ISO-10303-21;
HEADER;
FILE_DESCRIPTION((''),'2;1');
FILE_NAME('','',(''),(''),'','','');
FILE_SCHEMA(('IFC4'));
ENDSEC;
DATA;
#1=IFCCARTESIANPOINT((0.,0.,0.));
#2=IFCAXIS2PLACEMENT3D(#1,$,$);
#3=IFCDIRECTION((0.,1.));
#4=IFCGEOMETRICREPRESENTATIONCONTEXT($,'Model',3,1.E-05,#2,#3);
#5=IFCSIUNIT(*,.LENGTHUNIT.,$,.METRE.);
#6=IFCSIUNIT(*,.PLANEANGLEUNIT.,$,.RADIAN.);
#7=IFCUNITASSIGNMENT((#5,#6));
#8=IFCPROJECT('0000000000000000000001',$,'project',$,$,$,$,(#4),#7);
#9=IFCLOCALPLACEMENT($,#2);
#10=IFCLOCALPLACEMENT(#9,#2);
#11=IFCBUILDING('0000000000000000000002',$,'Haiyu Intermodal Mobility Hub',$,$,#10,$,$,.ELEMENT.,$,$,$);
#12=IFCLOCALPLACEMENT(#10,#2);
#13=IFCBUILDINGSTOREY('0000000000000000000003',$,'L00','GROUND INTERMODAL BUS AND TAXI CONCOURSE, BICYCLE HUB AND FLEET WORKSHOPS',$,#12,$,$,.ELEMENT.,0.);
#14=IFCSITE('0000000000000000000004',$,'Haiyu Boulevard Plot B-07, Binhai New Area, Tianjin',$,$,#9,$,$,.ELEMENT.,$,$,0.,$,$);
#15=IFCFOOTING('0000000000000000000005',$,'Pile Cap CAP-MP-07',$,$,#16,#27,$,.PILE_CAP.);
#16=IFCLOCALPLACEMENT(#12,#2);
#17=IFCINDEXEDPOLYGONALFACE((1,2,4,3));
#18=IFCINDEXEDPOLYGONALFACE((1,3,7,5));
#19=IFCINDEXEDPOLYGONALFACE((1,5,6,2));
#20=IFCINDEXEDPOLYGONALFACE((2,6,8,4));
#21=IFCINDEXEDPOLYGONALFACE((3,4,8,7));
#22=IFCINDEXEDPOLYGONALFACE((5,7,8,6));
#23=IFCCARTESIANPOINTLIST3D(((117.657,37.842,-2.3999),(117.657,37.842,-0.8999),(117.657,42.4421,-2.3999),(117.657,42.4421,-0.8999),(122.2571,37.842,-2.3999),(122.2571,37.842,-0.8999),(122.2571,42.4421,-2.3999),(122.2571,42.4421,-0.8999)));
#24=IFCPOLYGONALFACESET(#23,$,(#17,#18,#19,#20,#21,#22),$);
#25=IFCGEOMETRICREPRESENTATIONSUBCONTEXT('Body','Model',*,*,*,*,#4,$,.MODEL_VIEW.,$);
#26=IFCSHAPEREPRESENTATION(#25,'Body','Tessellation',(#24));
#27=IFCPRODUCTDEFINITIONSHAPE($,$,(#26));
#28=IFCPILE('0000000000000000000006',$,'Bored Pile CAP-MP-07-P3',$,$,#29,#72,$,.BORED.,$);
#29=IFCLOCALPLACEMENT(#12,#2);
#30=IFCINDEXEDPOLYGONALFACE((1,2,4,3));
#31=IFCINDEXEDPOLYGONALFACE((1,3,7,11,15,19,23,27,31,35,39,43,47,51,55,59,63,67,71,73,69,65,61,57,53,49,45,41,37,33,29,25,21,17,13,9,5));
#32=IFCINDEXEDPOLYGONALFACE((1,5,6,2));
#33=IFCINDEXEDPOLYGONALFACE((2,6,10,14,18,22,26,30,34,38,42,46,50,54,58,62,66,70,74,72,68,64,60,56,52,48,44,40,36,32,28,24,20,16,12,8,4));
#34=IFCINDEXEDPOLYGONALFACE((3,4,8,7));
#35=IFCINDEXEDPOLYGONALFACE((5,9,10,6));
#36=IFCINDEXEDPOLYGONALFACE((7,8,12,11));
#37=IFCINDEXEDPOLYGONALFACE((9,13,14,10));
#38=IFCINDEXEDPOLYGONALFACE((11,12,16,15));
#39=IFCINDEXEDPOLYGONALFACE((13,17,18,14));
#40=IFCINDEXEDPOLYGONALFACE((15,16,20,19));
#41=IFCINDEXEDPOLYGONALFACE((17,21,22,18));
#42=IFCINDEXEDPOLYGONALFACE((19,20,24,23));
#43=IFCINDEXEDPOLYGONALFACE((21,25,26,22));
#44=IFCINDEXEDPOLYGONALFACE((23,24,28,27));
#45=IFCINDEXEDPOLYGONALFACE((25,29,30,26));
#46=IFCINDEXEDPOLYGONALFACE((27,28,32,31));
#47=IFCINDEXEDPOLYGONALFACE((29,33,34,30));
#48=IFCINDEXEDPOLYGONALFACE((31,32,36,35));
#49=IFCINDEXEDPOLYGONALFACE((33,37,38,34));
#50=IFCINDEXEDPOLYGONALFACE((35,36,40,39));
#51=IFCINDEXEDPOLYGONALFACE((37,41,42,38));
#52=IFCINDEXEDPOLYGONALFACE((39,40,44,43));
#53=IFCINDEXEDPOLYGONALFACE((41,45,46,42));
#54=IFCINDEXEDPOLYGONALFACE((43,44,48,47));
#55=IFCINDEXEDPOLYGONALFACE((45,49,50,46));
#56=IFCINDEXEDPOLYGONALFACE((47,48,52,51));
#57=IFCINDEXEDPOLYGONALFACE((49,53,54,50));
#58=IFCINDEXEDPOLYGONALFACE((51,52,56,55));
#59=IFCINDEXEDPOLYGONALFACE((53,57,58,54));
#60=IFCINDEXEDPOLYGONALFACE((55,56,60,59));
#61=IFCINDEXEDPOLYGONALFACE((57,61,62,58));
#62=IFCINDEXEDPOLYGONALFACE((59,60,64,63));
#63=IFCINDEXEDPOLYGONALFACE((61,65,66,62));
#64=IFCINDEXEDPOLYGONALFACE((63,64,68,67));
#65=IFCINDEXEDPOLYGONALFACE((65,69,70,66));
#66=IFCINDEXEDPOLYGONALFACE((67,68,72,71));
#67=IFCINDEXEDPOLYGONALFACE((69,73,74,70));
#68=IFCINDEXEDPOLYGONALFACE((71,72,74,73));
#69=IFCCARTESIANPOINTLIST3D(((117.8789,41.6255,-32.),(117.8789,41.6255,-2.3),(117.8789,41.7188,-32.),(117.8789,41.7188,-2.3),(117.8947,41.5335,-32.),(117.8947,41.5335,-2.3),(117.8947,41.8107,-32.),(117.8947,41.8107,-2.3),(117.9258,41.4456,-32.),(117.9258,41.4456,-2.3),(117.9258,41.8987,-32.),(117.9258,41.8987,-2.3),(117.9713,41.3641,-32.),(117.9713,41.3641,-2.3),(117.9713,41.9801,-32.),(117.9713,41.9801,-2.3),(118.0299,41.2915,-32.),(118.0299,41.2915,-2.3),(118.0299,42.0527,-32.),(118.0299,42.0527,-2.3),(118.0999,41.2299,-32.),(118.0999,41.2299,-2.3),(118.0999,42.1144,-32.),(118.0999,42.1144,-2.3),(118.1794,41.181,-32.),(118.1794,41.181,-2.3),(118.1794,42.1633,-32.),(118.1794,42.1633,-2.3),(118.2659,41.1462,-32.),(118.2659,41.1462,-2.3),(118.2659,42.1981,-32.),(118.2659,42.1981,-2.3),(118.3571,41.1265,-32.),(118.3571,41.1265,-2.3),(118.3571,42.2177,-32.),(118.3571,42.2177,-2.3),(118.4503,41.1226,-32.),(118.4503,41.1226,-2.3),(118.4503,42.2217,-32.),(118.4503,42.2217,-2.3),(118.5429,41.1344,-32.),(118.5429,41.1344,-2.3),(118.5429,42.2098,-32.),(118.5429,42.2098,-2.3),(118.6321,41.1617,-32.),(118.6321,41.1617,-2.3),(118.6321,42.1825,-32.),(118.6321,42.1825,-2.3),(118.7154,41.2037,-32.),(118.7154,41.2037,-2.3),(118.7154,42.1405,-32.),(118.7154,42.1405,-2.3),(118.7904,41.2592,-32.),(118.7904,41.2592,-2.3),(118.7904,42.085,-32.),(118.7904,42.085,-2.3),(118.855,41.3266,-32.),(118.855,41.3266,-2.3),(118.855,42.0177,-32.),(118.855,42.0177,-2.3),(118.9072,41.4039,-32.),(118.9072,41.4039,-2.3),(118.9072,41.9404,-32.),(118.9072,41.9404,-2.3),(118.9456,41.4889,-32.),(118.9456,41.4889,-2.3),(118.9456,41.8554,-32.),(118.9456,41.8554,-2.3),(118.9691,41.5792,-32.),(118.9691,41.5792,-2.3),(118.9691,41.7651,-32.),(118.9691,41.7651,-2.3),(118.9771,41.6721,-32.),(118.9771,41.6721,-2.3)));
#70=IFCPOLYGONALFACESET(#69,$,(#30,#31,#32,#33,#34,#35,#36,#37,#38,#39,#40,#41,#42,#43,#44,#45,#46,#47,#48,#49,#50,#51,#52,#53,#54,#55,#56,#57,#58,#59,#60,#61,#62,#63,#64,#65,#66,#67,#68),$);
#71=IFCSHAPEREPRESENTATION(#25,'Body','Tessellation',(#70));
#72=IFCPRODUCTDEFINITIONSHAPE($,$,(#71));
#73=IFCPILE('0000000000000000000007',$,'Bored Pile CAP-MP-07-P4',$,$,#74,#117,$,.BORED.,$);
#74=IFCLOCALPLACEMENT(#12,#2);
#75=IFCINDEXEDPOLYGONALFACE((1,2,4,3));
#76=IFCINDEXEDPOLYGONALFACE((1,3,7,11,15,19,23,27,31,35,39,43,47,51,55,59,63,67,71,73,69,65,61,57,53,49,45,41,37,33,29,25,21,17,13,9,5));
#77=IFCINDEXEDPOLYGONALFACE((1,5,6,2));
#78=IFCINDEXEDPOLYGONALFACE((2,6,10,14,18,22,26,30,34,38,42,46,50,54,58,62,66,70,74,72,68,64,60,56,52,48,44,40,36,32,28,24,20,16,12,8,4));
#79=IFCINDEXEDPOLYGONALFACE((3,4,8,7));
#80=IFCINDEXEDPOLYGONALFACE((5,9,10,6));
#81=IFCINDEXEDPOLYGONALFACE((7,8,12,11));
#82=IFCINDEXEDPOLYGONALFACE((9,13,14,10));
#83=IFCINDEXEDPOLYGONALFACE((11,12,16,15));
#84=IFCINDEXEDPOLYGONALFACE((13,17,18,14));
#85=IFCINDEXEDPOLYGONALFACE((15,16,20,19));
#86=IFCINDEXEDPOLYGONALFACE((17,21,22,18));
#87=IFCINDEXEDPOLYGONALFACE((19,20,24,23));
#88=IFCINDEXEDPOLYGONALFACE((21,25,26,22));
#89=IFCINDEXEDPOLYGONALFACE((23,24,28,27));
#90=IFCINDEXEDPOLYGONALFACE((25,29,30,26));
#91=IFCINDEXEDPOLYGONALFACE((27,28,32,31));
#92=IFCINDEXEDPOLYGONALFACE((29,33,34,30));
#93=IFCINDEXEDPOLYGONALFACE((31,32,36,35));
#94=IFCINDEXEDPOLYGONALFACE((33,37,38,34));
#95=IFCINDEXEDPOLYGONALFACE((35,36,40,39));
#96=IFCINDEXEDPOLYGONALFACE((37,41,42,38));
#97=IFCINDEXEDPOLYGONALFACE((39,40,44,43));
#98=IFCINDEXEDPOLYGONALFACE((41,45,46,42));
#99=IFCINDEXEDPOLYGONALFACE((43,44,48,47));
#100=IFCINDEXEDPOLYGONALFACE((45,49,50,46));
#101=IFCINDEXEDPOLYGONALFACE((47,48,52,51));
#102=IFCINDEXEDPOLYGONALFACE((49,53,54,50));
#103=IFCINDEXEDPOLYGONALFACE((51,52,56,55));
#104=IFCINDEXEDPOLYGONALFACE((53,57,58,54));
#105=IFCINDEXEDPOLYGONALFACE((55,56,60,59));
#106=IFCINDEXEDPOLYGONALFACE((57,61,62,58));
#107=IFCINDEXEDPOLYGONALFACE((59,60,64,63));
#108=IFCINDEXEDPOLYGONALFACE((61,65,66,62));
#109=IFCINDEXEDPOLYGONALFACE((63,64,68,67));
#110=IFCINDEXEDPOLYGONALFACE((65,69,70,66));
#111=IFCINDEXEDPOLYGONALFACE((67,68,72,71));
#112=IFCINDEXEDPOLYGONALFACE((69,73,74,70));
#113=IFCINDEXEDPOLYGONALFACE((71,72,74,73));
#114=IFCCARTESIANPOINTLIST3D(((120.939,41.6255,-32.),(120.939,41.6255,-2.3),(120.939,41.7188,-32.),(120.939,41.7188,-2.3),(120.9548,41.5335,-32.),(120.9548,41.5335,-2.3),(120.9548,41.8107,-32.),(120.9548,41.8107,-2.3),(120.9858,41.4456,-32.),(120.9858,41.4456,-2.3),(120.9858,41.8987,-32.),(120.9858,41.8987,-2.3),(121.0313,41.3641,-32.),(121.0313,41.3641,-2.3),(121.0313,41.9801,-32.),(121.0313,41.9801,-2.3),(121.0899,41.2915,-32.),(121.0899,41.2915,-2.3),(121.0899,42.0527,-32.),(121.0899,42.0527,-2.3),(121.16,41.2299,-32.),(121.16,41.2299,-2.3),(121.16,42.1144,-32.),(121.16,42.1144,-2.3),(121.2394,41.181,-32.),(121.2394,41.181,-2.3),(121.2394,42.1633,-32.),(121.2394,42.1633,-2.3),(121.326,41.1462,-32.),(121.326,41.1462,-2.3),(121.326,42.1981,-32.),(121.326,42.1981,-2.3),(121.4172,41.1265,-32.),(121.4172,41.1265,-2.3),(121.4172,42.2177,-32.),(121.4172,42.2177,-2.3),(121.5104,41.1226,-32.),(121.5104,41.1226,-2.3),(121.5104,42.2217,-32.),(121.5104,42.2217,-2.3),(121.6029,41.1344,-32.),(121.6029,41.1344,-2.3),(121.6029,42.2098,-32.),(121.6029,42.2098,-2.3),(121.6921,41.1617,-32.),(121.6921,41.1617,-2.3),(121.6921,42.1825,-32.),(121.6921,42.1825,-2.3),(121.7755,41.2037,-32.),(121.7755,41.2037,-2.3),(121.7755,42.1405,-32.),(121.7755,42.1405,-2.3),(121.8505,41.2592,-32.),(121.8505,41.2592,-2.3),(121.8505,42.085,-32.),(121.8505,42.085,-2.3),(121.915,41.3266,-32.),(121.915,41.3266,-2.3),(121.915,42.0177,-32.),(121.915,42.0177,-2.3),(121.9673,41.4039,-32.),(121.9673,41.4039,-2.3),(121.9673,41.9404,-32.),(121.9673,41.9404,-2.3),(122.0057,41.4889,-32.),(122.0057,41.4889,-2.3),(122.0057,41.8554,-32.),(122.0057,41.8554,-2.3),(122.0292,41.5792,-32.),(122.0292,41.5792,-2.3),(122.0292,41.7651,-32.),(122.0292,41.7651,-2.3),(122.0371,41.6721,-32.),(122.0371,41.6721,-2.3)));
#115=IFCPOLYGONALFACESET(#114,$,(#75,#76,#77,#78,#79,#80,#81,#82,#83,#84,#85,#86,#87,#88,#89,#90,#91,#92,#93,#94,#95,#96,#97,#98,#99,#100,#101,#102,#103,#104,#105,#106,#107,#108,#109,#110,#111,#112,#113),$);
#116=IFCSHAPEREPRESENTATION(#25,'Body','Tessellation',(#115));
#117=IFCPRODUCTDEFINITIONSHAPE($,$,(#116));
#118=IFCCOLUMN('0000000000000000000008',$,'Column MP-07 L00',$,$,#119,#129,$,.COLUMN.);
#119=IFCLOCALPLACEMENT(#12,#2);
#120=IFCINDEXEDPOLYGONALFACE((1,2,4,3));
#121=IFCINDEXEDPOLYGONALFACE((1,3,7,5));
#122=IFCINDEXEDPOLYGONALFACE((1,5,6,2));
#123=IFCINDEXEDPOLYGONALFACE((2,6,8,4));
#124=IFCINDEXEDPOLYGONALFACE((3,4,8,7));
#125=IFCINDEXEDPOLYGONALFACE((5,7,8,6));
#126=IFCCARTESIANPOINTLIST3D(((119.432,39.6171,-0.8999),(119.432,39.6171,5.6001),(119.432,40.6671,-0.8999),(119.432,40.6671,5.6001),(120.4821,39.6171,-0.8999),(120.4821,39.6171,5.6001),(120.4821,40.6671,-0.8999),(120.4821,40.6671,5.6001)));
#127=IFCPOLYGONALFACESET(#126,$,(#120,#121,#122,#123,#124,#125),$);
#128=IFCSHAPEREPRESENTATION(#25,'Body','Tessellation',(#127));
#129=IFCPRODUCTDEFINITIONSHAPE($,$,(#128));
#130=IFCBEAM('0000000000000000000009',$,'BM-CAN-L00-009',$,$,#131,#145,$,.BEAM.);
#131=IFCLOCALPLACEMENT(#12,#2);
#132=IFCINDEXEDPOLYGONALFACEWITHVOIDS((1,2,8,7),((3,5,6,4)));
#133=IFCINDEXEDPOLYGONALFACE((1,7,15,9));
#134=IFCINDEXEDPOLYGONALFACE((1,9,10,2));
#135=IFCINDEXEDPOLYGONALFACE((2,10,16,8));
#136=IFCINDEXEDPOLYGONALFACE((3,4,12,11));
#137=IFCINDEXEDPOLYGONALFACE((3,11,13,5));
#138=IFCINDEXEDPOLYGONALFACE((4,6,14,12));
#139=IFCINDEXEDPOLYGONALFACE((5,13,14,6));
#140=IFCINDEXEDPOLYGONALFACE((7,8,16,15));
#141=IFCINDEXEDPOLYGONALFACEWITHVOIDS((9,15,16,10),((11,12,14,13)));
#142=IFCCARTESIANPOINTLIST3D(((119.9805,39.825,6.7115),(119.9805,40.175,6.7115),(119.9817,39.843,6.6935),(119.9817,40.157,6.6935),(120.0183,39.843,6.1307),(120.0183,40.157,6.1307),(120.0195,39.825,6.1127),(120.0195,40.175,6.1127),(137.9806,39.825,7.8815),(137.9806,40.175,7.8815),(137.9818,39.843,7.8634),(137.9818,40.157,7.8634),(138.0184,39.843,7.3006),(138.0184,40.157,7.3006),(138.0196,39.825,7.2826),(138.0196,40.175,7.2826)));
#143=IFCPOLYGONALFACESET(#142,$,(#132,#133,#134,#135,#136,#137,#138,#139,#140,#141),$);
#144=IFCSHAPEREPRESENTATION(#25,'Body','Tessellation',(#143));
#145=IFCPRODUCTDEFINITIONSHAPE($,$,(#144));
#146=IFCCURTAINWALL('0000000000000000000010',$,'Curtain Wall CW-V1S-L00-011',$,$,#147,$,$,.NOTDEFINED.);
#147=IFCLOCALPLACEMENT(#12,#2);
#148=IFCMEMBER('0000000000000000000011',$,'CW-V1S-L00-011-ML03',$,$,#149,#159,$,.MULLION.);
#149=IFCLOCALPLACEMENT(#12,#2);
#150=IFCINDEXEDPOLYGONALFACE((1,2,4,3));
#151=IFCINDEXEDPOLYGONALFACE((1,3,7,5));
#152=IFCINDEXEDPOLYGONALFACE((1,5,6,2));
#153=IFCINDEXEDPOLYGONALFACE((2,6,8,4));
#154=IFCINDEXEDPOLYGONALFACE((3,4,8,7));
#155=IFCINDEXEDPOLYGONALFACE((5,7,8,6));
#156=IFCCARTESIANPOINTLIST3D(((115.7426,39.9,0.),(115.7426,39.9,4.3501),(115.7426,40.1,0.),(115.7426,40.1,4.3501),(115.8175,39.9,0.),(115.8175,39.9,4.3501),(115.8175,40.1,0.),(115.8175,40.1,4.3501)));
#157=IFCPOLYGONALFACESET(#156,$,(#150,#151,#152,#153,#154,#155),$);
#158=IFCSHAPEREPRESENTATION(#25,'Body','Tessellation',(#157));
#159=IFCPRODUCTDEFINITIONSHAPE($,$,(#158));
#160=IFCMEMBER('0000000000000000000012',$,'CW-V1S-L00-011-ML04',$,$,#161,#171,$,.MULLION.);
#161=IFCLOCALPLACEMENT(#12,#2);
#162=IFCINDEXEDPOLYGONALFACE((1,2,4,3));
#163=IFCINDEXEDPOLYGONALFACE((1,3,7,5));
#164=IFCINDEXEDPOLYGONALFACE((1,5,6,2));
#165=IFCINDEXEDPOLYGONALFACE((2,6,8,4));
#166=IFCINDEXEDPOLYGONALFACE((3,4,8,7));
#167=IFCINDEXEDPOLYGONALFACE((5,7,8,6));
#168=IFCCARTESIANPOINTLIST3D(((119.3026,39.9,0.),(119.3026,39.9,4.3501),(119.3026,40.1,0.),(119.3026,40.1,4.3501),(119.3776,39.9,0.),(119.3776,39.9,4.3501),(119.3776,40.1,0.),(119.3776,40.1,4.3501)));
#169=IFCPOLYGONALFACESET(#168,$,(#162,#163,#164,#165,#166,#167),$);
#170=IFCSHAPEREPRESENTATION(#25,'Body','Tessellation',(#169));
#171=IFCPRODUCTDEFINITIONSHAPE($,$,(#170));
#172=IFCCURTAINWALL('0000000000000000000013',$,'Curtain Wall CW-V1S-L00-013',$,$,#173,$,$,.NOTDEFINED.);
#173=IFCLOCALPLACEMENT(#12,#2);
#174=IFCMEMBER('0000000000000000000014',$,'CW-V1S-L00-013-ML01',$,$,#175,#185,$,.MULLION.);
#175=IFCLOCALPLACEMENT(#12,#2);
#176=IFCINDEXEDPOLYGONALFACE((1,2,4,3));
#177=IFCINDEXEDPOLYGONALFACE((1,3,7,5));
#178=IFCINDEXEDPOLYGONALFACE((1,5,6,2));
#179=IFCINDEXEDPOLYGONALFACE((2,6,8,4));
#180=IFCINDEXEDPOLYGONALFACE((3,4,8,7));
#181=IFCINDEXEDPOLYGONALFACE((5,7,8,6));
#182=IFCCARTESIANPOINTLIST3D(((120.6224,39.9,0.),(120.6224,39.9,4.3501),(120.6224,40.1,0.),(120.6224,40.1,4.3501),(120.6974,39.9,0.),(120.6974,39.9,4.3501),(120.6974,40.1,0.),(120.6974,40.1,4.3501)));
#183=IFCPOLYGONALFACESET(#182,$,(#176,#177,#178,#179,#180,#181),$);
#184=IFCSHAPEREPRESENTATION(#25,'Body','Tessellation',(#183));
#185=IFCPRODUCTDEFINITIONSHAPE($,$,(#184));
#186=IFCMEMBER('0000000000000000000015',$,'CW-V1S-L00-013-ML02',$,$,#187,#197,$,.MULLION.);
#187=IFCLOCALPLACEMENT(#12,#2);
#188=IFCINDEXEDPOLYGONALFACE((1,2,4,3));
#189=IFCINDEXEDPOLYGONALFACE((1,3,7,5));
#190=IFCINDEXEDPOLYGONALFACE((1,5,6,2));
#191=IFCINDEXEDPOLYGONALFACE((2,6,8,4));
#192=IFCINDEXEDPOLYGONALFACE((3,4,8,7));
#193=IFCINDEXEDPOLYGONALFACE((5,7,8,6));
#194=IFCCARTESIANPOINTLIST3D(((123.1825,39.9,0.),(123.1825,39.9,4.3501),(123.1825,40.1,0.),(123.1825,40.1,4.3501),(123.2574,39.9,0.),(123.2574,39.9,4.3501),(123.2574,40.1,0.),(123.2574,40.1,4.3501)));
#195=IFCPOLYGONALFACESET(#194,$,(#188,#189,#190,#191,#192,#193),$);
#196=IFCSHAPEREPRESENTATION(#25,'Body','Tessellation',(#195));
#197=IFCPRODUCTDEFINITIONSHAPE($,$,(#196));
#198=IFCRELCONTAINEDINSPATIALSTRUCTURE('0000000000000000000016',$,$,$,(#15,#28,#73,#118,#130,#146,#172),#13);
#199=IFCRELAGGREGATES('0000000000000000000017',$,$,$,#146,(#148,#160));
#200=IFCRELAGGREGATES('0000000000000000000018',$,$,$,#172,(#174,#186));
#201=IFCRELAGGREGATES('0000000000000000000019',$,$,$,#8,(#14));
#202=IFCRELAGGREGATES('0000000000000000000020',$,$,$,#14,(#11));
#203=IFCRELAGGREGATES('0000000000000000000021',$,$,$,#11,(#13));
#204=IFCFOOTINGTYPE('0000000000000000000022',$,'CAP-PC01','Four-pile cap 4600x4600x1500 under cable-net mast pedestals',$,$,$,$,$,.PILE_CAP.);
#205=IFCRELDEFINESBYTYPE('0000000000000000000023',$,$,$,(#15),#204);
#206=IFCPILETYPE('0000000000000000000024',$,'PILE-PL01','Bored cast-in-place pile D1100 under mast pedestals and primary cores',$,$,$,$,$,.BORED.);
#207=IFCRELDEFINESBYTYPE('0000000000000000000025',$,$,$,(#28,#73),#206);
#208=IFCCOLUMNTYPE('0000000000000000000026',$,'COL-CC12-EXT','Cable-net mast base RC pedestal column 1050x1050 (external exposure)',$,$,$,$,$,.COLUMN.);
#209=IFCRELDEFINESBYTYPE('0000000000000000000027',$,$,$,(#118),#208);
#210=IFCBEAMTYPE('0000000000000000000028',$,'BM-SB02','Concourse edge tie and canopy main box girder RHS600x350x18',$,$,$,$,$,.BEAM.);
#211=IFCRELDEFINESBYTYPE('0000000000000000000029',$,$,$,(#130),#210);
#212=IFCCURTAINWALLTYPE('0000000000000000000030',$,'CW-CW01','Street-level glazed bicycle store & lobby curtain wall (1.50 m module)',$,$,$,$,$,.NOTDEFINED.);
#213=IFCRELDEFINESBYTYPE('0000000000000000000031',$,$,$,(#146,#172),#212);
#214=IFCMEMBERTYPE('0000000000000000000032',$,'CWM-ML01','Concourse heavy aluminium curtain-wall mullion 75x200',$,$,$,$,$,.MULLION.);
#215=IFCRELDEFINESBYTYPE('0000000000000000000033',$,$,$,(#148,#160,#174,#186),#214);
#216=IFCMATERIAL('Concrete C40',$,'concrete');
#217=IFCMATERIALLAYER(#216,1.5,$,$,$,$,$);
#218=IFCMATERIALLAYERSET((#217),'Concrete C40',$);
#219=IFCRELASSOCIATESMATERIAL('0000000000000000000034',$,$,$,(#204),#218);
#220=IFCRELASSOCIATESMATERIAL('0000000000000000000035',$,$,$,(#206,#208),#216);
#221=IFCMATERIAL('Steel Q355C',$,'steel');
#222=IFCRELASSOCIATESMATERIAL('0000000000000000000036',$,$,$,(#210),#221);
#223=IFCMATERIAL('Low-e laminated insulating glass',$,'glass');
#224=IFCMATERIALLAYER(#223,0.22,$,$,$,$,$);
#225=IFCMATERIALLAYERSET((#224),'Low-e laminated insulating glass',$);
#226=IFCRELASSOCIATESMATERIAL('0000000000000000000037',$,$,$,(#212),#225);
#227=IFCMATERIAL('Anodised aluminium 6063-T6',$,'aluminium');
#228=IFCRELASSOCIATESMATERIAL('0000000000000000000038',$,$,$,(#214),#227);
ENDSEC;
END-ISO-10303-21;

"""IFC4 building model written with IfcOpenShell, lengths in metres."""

from ifc_helpers import new_model, si_unit, direction, frame, origin, origin_2d, place, context, subcontext, project, spatial, rectangle, hollow_rectangle, circle, extrude, material, layer, layer_set, material_profile, profile_set, type_object, element, aggregate, save


model = new_model("IFC4")

# Units and contexts
model_context = context("Model", 3, precision=1e-05, world=origin(), true_north=direction((0.0, 1.0)))
body_context = subcontext(model_context, "Body", "Model", "MODEL_VIEW")
ifc_project = project(units=[si_unit("LENGTHUNIT", "METRE"), si_unit("PLANEANGLEUNIT", "RADIAN")], contexts=[model_context])

# Site, building, storey
site_placement = place(None, origin())
site = spatial("IfcSite", under=ifc_project, at=site_placement, Name="Haiyu Boulevard Plot B-07, Binhai New Area, Tianjin", CompositionType="ELEMENT", RefElevation=0.0)
building_placement = place(site_placement, origin())
building = spatial("IfcBuilding", under=site, at=building_placement, Name="Haiyu Intermodal Mobility Hub", CompositionType="ELEMENT")
storey_placement = place(building_placement, origin())
storey = spatial("IfcBuildingStorey", under=building, at=storey_placement, Name="L00", Description="GROUND INTERMODAL BUS AND TAXI CONCOURSE, BICYCLE HUB AND FLEET WORKSHOPS", CompositionType="ELEMENT", Elevation=0.0)

# Footing
ifc_material_1 = material(Name="Concrete C40", Category="concrete")
ifc_layer_1 = layer(ifc_material_1, 1.5)
ifc_layer_set_1 = layer_set([ifc_layer_1], Name="Concrete C40")
footing_type = type_object("IfcFootingType", Name="CAP-PC01", Description="Four-pile cap 4600x4600x1500 under cable-net mast pedestals", PredefinedType="PILE_CAP", material=ifc_layer_set_1)
footing_placement = place(storey_placement, frame((119.957, 40.1421, -2.3999), z_axis=(0.0, 0.0, 1.0), x_axis=(1.0, 0.0, 0.0)))
element("IfcFooting", 1, at=footing_placement, inside=storey, type_object=footing_type, Name="Pile Cap CAP-MP-07", PredefinedType="PILE_CAP", context=body_context, shape_type="SweptSolid", body=[
    extrude(rectangle(XDim=4.6001, YDim=4.6001, at=origin_2d()), origin(), (0.0, 0.0, 1.0), 1.5),
])

# Piles
ifc_material_profile_1 = material_profile(ifc_material_1, circle(Radius=0.55, at=origin_2d()), Name="PILE-D1100")
ifc_profile_set_1 = profile_set([ifc_material_profile_1], Name="Concrete C40")
pile_type = type_object("IfcPileType", Name="PILE-PL01", Description="Bored cast-in-place pile D1100 under mast pedestals and primary cores", PredefinedType="BORED", material=ifc_profile_set_1)
for number, where, z_axis, x_axis, name in (
    (2, (118.427, 41.6721, -2.3), (0.0, 0.0, -1.0), (1.0, 0.0, 0.0), "Bored Pile CAP-MP-07-P3"),
    (3, (121.4871, 41.6721, -2.3), (0.0, 0.0, -1.0), (1.0, 0.0, 0.0), "Bored Pile CAP-MP-07-P4"),
):
    element("IfcPile", number, at=place(storey_placement, frame(where, z_axis=z_axis, x_axis=x_axis)), inside=storey, type_object=pile_type, Name=name, PredefinedType="BORED", context=body_context, shape_type="SweptSolid", body=[
        extrude(circle(Radius=0.55, at=origin_2d()), origin(), (0.0, 0.0, 1.0), 29.7),
    ])

# Column
ifc_material_profile_2 = material_profile(ifc_material_1, rectangle(XDim=1.05, YDim=1.05, at=origin_2d()), Name="RC1050x1050")
ifc_profile_set_2 = profile_set([ifc_material_profile_2], Name="Concrete C40")
column_type = type_object("IfcColumnType", Name="COL-CC12-EXT", Description="Cable-net mast base RC pedestal column 1050x1050 (external exposure)", PredefinedType="COLUMN", material=ifc_profile_set_2)
column_placement = place(storey_placement, frame((119.957, 40.1421, -0.8999), z_axis=(0.0, 0.0, 1.0), x_axis=(1.0, 0.0, 0.0)))
element("IfcColumn", 4, at=column_placement, inside=storey, type_object=column_type, Name="Column MP-07 L00", PredefinedType="COLUMN", context=body_context, shape_type="SweptSolid", body=[
    extrude(rectangle(XDim=1.05, YDim=1.05, at=origin_2d()), origin(), (0.0, 0.0, 1.0), 6.5),
])

# Beam
ifc_material_2 = material(Name="Steel Q355C", Category="steel")
ifc_material_profile_3 = material_profile(ifc_material_2, hollow_rectangle(XDim=0.3501, YDim=0.6001, WallThickness=0.0181, at=origin_2d()), Name="RHS600x350x18")
ifc_profile_set_3 = profile_set([ifc_material_profile_3], Name="Steel Q355C")
beam_type = type_object("IfcBeamType", Name="BM-SB02", Description="Concourse edge tie and canopy main box girder RHS600x350x18", PredefinedType="BEAM", material=ifc_profile_set_3)
beam_placement = place(storey_placement, frame((120.0, 40.0, 6.4121), z_axis=(0.997894, 0.0, 0.064859), x_axis=(0.0, 1.0, 0.0)))
element("IfcBeam", 5, at=beam_placement, inside=storey, type_object=beam_type, Name="BM-CAN-L00-009", PredefinedType="BEAM", context=body_context, shape_type="SweptSolid", body=[
    extrude(hollow_rectangle(XDim=0.3501, YDim=0.6001, WallThickness=0.0181, at=origin_2d()), origin(), (0.0, 0.0, 1.0), 18.0381),
])

# Curtain walls, members
ifc_material_3 = material(Name="Low-e laminated insulating glass", Category="glass")
ifc_layer_2 = layer(ifc_material_3, 0.22)
ifc_layer_set_2 = layer_set([ifc_layer_2], Name="Low-e laminated insulating glass")
curtain_wall_type = type_object("IfcCurtainWallType", Name="CW-CW01", Description="Street-level glazed bicycle store & lobby curtain wall (1.50 m module)", PredefinedType="NOTDEFINED", material=ifc_layer_set_2)
curtain_wall_1_placement = place(storey_placement, origin())
curtain_wall_1 = element("IfcCurtainWall", 6, at=curtain_wall_1_placement, inside=storey, type_object=curtain_wall_type, Name="Curtain Wall CW-V1S-L00-011", PredefinedType="NOTDEFINED")
ifc_material_4 = material(Name="Anodised aluminium 6063-T6", Category="aluminium")
ifc_material_profile_4 = material_profile(ifc_material_4, rectangle(XDim=0.075, YDim=0.2, at=origin_2d()), Name="ALU75x200")
ifc_profile_set_4 = profile_set([ifc_material_profile_4], Name="Anodised aluminium 6063-T6")
member_type_1 = type_object("IfcMemberType", Name="CWM-ML01", Description="Concourse heavy aluminium curtain-wall mullion 75x200", PredefinedType="MULLION", material=ifc_profile_set_4)
member_1_placement = place(storey_placement, frame((115.78, 40.0, 0.0), z_axis=(0.0, 0.0, 1.0), x_axis=(1.0, 0.0, 0.0)))
member_1 = element("IfcMember", 7, at=member_1_placement, type_object=member_type_1, Name="CW-V1S-L00-011-ML03", PredefinedType="MULLION", context=body_context, shape_type="SweptSolid", body=[
    extrude(rectangle(XDim=0.075, YDim=0.2, at=origin_2d()), origin(), (0.0, 0.0, 1.0), 4.3501),
])
member_2_placement = place(storey_placement, frame((119.3401, 40.0, 0.0), z_axis=(0.0, 0.0, 1.0), x_axis=(1.0, 0.0, 0.0)))
member_2 = element("IfcMember", 8, at=member_2_placement, type_object=member_type_1, Name="CW-V1S-L00-011-ML04", PredefinedType="MULLION", context=body_context, shape_type="SweptSolid", body=[
    extrude(rectangle(XDim=0.075, YDim=0.2, at=origin_2d()), origin(), (0.0, 0.0, 1.0), 4.3501),
])
curtain_wall_2_placement = place(storey_placement, origin())
curtain_wall_2 = element("IfcCurtainWall", 9, at=curtain_wall_2_placement, inside=storey, type_object=curtain_wall_type, Name="Curtain Wall CW-V1S-L00-013", PredefinedType="NOTDEFINED")
member_3_placement = place(storey_placement, frame((120.6599, 40.0, 0.0), z_axis=(0.0, 0.0, 1.0), x_axis=(1.0, 0.0, 0.0)))
member_3 = element("IfcMember", 10, at=member_3_placement, type_object=member_type_1, Name="CW-V1S-L00-013-ML01", PredefinedType="MULLION", context=body_context, shape_type="SweptSolid", body=[
    extrude(rectangle(XDim=0.075, YDim=0.2, at=origin_2d()), origin(), (0.0, 0.0, 1.0), 4.3501),
])
member_4_placement = place(storey_placement, frame((123.22, 40.0, 0.0), z_axis=(0.0, 0.0, 1.0), x_axis=(1.0, 0.0, 0.0)))
member_4 = element("IfcMember", 11, at=member_4_placement, type_object=member_type_1, Name="CW-V1S-L00-013-ML02", PredefinedType="MULLION", context=body_context, shape_type="SweptSolid", body=[
    extrude(rectangle(XDim=0.075, YDim=0.2, at=origin_2d()), origin(), (0.0, 0.0, 1.0), 4.3501),
])

aggregate(curtain_wall_1, [member_1, member_2])
aggregate(curtain_wall_2, [member_3, member_4])

save(model, "model.ifc")
